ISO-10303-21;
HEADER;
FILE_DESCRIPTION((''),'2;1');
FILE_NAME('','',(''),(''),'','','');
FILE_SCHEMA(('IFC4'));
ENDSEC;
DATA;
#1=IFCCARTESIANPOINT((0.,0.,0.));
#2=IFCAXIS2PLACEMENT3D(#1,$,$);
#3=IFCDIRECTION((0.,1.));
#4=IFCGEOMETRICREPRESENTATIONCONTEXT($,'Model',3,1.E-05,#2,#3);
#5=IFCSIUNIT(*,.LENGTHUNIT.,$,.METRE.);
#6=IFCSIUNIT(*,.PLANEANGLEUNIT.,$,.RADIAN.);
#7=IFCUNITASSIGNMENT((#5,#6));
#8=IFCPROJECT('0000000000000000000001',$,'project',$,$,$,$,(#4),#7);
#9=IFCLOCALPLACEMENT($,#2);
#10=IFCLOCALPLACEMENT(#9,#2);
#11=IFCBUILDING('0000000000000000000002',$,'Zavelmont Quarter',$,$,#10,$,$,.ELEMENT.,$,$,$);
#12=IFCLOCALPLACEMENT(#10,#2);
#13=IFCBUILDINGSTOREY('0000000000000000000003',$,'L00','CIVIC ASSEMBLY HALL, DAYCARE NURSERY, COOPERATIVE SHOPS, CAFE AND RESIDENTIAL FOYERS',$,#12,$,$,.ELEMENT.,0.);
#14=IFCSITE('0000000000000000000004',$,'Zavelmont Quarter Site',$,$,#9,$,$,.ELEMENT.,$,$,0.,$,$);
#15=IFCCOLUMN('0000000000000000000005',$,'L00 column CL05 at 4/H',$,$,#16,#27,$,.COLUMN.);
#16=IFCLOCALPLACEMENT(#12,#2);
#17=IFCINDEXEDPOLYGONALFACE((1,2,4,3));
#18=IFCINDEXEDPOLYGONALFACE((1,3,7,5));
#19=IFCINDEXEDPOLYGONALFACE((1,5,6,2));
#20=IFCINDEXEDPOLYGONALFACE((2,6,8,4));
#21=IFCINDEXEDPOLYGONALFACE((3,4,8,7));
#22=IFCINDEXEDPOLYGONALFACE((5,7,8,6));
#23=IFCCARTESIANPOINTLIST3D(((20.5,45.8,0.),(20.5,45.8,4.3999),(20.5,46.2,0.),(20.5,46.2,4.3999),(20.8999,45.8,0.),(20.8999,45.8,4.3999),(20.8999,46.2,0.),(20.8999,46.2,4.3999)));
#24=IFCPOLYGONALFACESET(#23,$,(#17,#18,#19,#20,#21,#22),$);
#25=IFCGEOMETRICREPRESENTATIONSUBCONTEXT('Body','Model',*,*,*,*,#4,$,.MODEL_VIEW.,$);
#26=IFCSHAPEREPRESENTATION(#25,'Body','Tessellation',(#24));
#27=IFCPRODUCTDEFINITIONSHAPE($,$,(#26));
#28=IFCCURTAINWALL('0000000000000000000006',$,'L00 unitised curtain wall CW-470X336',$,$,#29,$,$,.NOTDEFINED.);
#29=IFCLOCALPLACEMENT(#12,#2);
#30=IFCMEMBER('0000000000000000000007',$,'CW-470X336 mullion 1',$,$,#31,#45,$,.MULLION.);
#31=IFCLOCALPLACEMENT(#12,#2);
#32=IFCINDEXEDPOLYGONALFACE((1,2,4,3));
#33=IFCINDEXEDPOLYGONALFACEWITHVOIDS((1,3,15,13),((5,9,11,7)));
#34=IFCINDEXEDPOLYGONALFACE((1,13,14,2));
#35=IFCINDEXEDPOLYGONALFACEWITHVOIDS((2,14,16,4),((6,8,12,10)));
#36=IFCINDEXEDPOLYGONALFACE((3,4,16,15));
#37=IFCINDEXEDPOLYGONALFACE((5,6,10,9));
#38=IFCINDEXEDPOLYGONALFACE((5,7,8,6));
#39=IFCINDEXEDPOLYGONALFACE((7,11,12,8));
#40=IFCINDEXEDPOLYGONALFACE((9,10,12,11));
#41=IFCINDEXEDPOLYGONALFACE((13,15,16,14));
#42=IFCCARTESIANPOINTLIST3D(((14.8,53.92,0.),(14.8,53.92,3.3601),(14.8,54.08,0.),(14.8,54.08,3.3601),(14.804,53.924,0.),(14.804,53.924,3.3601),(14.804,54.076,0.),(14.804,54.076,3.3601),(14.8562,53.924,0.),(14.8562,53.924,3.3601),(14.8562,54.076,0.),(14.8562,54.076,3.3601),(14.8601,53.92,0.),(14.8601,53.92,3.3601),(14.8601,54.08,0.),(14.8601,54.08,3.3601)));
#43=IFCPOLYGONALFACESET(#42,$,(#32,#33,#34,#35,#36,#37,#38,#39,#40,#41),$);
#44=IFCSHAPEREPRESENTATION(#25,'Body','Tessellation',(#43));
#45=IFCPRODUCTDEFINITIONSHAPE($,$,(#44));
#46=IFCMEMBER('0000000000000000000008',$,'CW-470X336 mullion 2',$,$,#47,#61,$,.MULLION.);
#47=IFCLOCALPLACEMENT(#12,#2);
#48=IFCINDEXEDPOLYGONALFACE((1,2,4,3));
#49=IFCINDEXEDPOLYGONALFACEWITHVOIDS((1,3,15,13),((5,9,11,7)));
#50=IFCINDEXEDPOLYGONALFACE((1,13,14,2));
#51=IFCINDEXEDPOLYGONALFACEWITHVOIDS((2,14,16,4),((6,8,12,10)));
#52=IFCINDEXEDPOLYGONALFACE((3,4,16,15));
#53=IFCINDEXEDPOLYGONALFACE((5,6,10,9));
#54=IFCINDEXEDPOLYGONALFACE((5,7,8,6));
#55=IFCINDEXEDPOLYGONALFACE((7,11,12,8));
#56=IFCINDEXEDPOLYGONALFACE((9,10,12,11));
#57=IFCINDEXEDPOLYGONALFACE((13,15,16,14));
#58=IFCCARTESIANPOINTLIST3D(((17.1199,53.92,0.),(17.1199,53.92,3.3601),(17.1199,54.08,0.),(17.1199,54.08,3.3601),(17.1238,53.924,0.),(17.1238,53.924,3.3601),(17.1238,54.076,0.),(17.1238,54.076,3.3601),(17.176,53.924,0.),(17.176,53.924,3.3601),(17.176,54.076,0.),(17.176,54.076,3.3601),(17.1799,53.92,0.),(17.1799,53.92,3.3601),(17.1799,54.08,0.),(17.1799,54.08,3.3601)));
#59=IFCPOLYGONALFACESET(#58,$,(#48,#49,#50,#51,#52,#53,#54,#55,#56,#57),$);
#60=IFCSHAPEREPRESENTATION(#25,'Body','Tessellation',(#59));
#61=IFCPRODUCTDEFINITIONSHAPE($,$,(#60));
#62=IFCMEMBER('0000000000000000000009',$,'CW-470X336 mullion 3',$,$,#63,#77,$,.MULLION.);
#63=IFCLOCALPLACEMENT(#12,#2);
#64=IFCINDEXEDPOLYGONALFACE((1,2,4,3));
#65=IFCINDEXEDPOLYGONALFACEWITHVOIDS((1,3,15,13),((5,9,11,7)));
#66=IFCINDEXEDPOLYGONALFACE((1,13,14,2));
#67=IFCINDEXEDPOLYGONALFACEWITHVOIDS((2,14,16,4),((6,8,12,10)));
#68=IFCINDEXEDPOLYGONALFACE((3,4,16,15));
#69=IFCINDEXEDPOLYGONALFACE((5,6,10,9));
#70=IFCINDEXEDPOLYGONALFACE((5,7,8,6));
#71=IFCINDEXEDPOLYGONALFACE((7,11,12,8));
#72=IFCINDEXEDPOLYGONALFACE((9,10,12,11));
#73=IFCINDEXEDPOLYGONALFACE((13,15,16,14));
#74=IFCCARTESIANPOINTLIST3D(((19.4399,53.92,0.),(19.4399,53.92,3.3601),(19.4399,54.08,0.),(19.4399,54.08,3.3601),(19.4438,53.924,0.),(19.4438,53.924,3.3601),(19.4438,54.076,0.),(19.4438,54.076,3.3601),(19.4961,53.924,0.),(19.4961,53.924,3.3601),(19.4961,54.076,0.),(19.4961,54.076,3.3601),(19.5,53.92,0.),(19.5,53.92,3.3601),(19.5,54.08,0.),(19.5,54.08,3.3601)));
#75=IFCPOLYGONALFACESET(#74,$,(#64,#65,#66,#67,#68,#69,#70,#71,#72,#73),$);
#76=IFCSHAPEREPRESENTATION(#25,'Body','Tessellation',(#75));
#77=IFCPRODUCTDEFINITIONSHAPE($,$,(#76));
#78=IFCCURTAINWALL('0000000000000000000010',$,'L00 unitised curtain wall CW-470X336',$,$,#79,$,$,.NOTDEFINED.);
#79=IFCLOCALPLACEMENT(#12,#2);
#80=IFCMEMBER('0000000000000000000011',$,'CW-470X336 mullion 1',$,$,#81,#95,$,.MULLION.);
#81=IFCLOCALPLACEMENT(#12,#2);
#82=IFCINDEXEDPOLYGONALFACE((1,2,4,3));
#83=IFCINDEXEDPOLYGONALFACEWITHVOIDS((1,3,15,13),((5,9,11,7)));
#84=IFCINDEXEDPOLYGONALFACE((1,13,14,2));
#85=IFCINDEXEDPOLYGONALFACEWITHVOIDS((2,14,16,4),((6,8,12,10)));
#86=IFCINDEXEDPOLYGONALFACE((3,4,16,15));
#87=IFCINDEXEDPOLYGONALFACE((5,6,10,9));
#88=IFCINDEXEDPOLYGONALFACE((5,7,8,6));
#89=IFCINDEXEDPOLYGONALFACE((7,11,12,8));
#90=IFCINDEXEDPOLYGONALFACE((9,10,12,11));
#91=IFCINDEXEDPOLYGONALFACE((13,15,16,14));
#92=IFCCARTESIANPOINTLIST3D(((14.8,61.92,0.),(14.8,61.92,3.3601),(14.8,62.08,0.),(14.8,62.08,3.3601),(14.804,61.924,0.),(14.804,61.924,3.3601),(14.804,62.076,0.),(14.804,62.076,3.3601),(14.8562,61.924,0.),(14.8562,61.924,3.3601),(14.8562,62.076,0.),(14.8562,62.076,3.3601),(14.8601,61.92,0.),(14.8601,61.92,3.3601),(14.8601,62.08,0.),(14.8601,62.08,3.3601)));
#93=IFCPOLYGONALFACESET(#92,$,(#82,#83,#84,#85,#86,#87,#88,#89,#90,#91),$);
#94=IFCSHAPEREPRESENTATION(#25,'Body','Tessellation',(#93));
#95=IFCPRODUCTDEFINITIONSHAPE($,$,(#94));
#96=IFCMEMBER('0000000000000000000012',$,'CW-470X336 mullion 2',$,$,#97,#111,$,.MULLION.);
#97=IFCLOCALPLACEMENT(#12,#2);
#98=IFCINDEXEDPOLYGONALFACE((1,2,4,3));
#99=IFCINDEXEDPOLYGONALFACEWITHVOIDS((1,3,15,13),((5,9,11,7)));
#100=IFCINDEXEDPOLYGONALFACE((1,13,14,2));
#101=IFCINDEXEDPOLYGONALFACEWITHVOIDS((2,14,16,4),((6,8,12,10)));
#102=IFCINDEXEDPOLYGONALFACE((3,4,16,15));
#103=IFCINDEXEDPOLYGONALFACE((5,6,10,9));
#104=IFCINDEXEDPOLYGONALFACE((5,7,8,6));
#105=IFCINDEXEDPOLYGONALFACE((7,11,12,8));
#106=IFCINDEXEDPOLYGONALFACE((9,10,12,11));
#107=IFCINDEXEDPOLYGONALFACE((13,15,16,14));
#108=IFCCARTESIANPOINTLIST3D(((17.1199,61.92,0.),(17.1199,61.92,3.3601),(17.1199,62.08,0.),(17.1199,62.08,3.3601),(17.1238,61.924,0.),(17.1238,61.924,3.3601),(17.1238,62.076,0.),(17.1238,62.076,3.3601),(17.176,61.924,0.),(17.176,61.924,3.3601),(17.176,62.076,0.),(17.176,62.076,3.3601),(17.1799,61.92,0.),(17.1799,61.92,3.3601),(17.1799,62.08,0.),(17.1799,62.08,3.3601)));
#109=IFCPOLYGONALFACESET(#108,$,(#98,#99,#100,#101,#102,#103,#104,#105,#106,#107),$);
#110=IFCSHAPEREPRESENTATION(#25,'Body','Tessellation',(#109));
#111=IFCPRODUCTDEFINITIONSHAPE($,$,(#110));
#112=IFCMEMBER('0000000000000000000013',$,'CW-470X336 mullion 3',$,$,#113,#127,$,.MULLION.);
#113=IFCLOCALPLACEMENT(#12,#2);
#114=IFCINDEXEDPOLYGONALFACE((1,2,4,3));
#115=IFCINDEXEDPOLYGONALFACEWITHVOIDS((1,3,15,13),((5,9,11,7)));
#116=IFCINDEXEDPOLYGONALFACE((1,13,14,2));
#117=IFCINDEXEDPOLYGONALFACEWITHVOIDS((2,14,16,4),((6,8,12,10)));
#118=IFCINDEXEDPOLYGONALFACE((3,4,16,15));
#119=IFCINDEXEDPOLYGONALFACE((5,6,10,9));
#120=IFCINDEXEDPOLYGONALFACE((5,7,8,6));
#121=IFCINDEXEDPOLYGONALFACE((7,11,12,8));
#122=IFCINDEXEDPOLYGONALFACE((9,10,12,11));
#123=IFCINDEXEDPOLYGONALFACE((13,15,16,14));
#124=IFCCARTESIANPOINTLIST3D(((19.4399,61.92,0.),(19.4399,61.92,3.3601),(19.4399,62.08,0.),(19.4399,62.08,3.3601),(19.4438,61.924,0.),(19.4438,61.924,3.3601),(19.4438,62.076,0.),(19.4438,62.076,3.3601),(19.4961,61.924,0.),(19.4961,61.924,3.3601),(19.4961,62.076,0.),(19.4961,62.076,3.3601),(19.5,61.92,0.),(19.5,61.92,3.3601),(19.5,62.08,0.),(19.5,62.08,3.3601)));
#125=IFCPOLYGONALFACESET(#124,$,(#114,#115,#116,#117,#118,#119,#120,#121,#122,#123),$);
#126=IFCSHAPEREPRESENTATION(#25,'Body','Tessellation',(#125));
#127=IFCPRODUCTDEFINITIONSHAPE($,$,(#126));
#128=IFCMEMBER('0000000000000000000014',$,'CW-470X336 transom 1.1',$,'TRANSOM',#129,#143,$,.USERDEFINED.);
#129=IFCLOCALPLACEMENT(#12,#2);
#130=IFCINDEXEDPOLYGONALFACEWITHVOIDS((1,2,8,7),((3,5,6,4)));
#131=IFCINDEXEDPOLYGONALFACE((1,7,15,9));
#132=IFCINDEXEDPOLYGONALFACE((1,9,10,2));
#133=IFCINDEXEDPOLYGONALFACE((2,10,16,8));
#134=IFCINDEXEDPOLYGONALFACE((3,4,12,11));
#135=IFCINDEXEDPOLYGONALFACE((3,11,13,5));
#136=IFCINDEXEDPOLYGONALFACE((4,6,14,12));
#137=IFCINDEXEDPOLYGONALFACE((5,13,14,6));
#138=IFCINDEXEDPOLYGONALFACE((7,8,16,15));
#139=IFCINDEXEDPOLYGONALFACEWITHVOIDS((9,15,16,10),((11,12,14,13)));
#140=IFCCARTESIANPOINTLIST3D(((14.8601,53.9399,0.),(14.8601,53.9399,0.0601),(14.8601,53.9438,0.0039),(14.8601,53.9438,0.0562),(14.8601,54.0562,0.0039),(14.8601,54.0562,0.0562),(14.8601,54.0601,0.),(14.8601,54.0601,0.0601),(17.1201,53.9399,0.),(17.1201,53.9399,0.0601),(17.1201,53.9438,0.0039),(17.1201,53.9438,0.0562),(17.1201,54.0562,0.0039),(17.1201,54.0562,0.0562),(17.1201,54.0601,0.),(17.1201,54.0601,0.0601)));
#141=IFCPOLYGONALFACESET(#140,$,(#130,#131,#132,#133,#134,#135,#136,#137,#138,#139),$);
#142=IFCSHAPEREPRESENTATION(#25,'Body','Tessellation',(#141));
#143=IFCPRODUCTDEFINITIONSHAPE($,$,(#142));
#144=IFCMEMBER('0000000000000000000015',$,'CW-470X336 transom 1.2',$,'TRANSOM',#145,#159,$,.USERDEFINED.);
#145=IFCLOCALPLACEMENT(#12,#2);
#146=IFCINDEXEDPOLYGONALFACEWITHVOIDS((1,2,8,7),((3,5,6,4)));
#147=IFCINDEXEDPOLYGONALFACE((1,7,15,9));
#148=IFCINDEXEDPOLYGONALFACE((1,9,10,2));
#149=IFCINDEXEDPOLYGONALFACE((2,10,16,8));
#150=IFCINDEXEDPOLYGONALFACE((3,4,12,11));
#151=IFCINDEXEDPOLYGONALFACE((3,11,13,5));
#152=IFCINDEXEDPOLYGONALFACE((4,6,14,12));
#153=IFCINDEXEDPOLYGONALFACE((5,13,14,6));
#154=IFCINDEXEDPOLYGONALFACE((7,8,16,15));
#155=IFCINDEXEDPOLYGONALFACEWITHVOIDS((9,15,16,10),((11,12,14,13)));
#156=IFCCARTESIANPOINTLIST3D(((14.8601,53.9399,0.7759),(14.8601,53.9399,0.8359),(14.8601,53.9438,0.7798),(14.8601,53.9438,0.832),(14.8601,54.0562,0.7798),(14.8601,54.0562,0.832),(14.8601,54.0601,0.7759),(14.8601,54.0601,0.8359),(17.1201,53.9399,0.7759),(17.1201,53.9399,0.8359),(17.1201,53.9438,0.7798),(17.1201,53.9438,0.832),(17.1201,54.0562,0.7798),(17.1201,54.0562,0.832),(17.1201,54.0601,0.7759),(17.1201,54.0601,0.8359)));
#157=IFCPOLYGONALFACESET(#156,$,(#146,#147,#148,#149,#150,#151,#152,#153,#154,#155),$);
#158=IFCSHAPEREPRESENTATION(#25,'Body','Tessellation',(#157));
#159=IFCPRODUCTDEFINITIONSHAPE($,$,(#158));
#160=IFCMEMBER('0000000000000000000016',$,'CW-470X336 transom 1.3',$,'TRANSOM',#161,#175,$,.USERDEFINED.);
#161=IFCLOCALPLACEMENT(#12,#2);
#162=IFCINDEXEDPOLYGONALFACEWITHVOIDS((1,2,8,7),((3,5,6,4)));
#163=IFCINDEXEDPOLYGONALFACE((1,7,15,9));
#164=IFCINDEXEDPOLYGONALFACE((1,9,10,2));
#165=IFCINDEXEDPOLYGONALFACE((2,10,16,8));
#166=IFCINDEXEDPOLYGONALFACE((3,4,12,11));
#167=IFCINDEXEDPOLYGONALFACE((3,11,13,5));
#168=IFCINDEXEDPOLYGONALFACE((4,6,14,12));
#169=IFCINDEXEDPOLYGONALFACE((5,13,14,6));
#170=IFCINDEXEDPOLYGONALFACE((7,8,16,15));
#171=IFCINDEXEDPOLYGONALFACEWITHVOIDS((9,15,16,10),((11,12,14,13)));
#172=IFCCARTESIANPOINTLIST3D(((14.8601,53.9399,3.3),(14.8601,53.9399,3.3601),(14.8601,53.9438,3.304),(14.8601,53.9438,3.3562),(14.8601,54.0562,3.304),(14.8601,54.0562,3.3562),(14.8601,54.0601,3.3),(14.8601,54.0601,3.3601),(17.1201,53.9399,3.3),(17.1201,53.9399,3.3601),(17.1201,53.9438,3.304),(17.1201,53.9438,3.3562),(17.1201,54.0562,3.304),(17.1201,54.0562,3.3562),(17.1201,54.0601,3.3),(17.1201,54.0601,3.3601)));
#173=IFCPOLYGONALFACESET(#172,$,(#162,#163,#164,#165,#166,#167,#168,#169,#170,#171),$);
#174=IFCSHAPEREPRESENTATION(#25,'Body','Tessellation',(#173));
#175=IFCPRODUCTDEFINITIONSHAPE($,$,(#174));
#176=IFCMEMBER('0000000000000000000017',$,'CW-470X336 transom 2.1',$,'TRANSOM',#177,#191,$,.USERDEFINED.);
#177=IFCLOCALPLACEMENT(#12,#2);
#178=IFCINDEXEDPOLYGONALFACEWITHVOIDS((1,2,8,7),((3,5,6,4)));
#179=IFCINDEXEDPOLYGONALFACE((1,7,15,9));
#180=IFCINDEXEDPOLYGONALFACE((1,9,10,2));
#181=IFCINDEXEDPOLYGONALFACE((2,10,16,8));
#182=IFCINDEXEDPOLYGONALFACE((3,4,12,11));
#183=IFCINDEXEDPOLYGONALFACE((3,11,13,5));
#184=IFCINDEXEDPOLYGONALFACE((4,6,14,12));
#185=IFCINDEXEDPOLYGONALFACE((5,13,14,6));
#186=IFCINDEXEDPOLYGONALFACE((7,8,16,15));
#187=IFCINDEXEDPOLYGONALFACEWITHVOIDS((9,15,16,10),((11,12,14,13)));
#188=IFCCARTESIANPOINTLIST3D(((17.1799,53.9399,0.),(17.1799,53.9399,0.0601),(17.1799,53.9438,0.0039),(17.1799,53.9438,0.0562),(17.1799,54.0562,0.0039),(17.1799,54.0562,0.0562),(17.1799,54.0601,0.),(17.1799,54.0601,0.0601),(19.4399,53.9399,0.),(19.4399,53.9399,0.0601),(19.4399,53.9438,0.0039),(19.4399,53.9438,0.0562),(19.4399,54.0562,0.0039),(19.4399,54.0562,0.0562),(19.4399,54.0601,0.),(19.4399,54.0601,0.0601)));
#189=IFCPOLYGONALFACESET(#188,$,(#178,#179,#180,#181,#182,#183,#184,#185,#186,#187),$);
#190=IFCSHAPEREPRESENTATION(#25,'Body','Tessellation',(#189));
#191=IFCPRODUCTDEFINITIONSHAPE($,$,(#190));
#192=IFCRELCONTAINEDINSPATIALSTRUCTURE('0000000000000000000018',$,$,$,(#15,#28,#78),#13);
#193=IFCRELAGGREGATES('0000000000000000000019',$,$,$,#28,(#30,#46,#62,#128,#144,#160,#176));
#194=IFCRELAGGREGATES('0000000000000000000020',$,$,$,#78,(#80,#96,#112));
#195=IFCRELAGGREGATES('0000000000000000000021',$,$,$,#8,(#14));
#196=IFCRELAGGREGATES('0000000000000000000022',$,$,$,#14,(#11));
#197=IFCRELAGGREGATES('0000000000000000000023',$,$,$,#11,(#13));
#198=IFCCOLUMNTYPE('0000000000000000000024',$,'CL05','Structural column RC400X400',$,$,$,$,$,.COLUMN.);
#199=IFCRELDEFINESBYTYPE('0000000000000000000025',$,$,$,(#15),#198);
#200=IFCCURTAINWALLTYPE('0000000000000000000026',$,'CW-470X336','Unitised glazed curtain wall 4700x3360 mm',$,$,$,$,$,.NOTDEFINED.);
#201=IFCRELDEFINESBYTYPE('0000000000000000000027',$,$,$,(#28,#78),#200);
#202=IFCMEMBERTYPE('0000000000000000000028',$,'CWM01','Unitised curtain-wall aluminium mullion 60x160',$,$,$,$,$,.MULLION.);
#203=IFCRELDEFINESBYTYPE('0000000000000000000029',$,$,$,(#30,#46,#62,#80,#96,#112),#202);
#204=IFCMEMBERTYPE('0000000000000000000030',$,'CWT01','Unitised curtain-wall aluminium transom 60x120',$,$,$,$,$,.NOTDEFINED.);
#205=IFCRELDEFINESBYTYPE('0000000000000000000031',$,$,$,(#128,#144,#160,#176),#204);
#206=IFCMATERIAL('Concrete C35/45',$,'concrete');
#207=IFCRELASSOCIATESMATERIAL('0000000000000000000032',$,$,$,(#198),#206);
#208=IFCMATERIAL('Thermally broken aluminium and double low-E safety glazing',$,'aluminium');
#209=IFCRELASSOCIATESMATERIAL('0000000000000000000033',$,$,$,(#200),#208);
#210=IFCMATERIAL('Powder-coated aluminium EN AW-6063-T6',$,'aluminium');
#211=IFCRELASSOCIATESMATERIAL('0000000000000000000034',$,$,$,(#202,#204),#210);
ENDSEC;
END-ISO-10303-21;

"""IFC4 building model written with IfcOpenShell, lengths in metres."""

from ifc_helpers import new_model, si_unit, direction, frame, origin, origin_2d, place, context, subcontext, project, spatial, rectangle, hollow_rectangle, extrude, material, material_profile, profile_set, type_object, element, aggregate, save


model = new_model("IFC4")

# Units and contexts
model_context = context("Model", 3, precision=1e-05, world=origin(), true_north=direction((0.0, 1.0)))
body_context = subcontext(model_context, "Body", "Model", "MODEL_VIEW")
ifc_project = project(units=[si_unit("LENGTHUNIT", "METRE"), si_unit("PLANEANGLEUNIT", "RADIAN")], contexts=[model_context])

# Site, building, storey
site_placement = place(None, origin())
site = spatial("IfcSite", under=ifc_project, at=site_placement, Name="Zavelmont Quarter Site", CompositionType="ELEMENT", RefElevation=0.0)
building_placement = place(site_placement, origin())
building = spatial("IfcBuilding", under=site, at=building_placement, Name="Zavelmont Quarter", CompositionType="ELEMENT")
storey_placement = place(building_placement, origin())
storey = spatial("IfcBuildingStorey", under=building, at=storey_placement, Name="L00", Description="CIVIC ASSEMBLY HALL, DAYCARE NURSERY, COOPERATIVE SHOPS, CAFE AND RESIDENTIAL FOYERS", CompositionType="ELEMENT", Elevation=0.0)

# Column
ifc_material_1 = material(Name="Concrete C35/45", Category="concrete")
ifc_material_profile_1 = material_profile(ifc_material_1, rectangle(XDim=0.3999, YDim=0.3999, at=origin_2d()), Name="RC400X400")
ifc_profile_set_1 = profile_set([ifc_material_profile_1], Name="Concrete C35/45")
column_type = type_object("IfcColumnType", Name="CL05", Description="Structural column RC400X400", PredefinedType="COLUMN", material=ifc_profile_set_1)
column_placement = place(storey_placement, frame((20.7, 46.0, 0.0), z_axis=(0.0, 0.0, 1.0), x_axis=(1.0, 0.0, 0.0)))
element("IfcColumn", 1, at=column_placement, inside=storey, type_object=column_type, Name="L00 column CL05 at 4/H", PredefinedType="COLUMN", context=body_context, shape_type="SweptSolid", body=[
    extrude(rectangle(XDim=0.3999, YDim=0.3999, at=origin_2d()), origin(), (0.0, 0.0, 1.0), 4.3999),
])

# Curtain walls, members
ifc_material_2 = material(Name="Thermally broken aluminium and double low-E safety glazing", Category="aluminium")
curtain_wall_type = type_object("IfcCurtainWallType", Name="CW-470X336", Description="Unitised glazed curtain wall 4700x3360 mm", PredefinedType="NOTDEFINED", material=ifc_material_2)
curtain_wall_1_placement = place(storey_placement, origin())
curtain_wall_1 = element("IfcCurtainWall", 2, at=curtain_wall_1_placement, inside=storey, type_object=curtain_wall_type, Name="L00 unitised curtain wall CW-470X336", PredefinedType="NOTDEFINED")
ifc_material_3 = material(Name="Powder-coated aluminium EN AW-6063-T6", Category="aluminium")
ifc_material_profile_2 = material_profile(ifc_material_3, hollow_rectangle(XDim=0.0601, YDim=0.1599, WallThickness=0.0039, at=origin_2d()), Name="CWM60X160")
ifc_profile_set_2 = profile_set([ifc_material_profile_2], Name="Powder-coated aluminium EN AW-6063-T6")
member_type_1 = type_object("IfcMemberType", Name="CWM01", Description="Unitised curtain-wall aluminium mullion 60x160", PredefinedType="MULLION", material=ifc_profile_set_2)
member_1_placement = place(storey_placement, frame((14.8301, 54.0, 0.0), z_axis=(0.0, 0.0, 1.0), x_axis=(1.0, 0.0, 0.0)))
member_1 = element("IfcMember", 3, at=member_1_placement, type_object=member_type_1, Name="CW-470X336 mullion 1", PredefinedType="MULLION", context=body_context, shape_type="SweptSolid", body=[
    extrude(hollow_rectangle(XDim=0.0601, YDim=0.1599, WallThickness=0.0039, at=origin_2d()), origin(), (0.0, 0.0, 1.0), 3.3601),
])
member_2_placement = place(storey_placement, frame((17.1499, 54.0, 0.0), z_axis=(0.0, 0.0, 1.0), x_axis=(1.0, 0.0, 0.0)))
member_2 = element("IfcMember", 4, at=member_2_placement, type_object=member_type_1, Name="CW-470X336 mullion 2", PredefinedType="MULLION", context=body_context, shape_type="SweptSolid", body=[
    extrude(hollow_rectangle(XDim=0.0601, YDim=0.1599, WallThickness=0.0039, at=origin_2d()), origin(), (0.0, 0.0, 1.0), 3.3601),
])
member_3_placement = place(storey_placement, frame((19.47, 54.0, 0.0), z_axis=(0.0, 0.0, 1.0), x_axis=(1.0, 0.0, 0.0)))
member_3 = element("IfcMember", 5, at=member_3_placement, type_object=member_type_1, Name="CW-470X336 mullion 3", PredefinedType="MULLION", context=body_context, shape_type="SweptSolid", body=[
    extrude(hollow_rectangle(XDim=0.0601, YDim=0.1599, WallThickness=0.0039, at=origin_2d()), origin(), (0.0, 0.0, 1.0), 3.3601),
])
curtain_wall_2_placement = place(storey_placement, origin())
curtain_wall_2 = element("IfcCurtainWall", 6, at=curtain_wall_2_placement, inside=storey, type_object=curtain_wall_type, Name="L00 unitised curtain wall CW-470X336", PredefinedType="NOTDEFINED")
member_4_placement = place(storey_placement, frame((14.8301, 62.0, 0.0), z_axis=(0.0, 0.0, 1.0), x_axis=(1.0, 0.0, 0.0)))
member_4 = element("IfcMember", 7, at=member_4_placement, type_object=member_type_1, Name="CW-470X336 mullion 1", PredefinedType="MULLION", context=body_context, shape_type="SweptSolid", body=[
    extrude(hollow_rectangle(XDim=0.0601, YDim=0.1599, WallThickness=0.0039, at=origin_2d()), origin(), (0.0, 0.0, 1.0), 3.3601),
])
member_5_placement = place(storey_placement, frame((17.1499, 62.0, 0.0), z_axis=(0.0, 0.0, 1.0), x_axis=(1.0, 0.0, 0.0)))
member_5 = element("IfcMember", 8, at=member_5_placement, type_object=member_type_1, Name="CW-470X336 mullion 2", PredefinedType="MULLION", context=body_context, shape_type="SweptSolid", body=[
    extrude(hollow_rectangle(XDim=0.0601, YDim=0.1599, WallThickness=0.0039, at=origin_2d()), origin(), (0.0, 0.0, 1.0), 3.3601),
])
member_6_placement = place(storey_placement, frame((19.47, 62.0, 0.0), z_axis=(0.0, 0.0, 1.0), x_axis=(1.0, 0.0, 0.0)))
member_6 = element("IfcMember", 9, at=member_6_placement, type_object=member_type_1, Name="CW-470X336 mullion 3", PredefinedType="MULLION", context=body_context, shape_type="SweptSolid", body=[
    extrude(hollow_rectangle(XDim=0.0601, YDim=0.1599, WallThickness=0.0039, at=origin_2d()), origin(), (0.0, 0.0, 1.0), 3.3601),
])

# Members
ifc_material_profile_3 = material_profile(ifc_material_3, hollow_rectangle(XDim=0.1201, YDim=0.0601, WallThickness=0.0039, at=origin_2d()), Name="CWT60X120")
ifc_profile_set_3 = profile_set([ifc_material_profile_3], Name="Powder-coated aluminium EN AW-6063-T6")
member_type_2 = type_object("IfcMemberType", Name="CWT01", Description="Unitised curtain-wall aluminium transom 60x120", PredefinedType="NOTDEFINED", material=ifc_profile_set_3)
member_7_placement = place(storey_placement, frame((14.8601, 54.0, 0.03), z_axis=(1.0, 0.0, 0.0), x_axis=(0.0, 1.0, 0.0)))
member_7 = element("IfcMember", 10, at=member_7_placement, type_object=member_type_2, Name="CW-470X336 transom 1.1", ObjectType="TRANSOM", PredefinedType="USERDEFINED", context=body_context, shape_type="SweptSolid", body=[
    extrude(hollow_rectangle(XDim=0.1201, YDim=0.0601, WallThickness=0.0039, at=origin_2d()), origin(), (0.0, 0.0, 1.0), 2.26),
])
member_8_placement = place(storey_placement, frame((14.8601, 54.0, 0.8059), z_axis=(1.0, 0.0, 0.0), x_axis=(0.0, 1.0, 0.0)))
member_8 = element("IfcMember", 11, at=member_8_placement, type_object=member_type_2, Name="CW-470X336 transom 1.2", ObjectType="TRANSOM", PredefinedType="USERDEFINED", context=body_context, shape_type="SweptSolid", body=[
    extrude(hollow_rectangle(XDim=0.1201, YDim=0.0601, WallThickness=0.0039, at=origin_2d()), origin(), (0.0, 0.0, 1.0), 2.26),
])
member_9_placement = place(storey_placement, frame((14.8601, 54.0, 3.3301), z_axis=(1.0, 0.0, 0.0), x_axis=(0.0, 1.0, 0.0)))
member_9 = element("IfcMember", 12, at=member_9_placement, type_object=member_type_2, Name="CW-470X336 transom 1.3", ObjectType="TRANSOM", PredefinedType="USERDEFINED", context=body_context, shape_type="SweptSolid", body=[
    extrude(hollow_rectangle(XDim=0.1201, YDim=0.0601, WallThickness=0.0039, at=origin_2d()), origin(), (0.0, 0.0, 1.0), 2.26),
])
member_10_placement = place(storey_placement, frame((17.1799, 54.0, 0.03), z_axis=(1.0, 0.0, 0.0), x_axis=(0.0, 1.0, 0.0)))
member_10 = element("IfcMember", 13, at=member_10_placement, type_object=member_type_2, Name="CW-470X336 transom 2.1", ObjectType="TRANSOM", PredefinedType="USERDEFINED", context=body_context, shape_type="SweptSolid", body=[
    extrude(hollow_rectangle(XDim=0.1201, YDim=0.0601, WallThickness=0.0039, at=origin_2d()), origin(), (0.0, 0.0, 1.0), 2.26),
])

aggregate(curtain_wall_1, [member_1, member_2, member_3, member_7, member_8, member_9, member_10])
aggregate(curtain_wall_2, [member_4, member_5, member_6])

save(model, "model.ifc")
